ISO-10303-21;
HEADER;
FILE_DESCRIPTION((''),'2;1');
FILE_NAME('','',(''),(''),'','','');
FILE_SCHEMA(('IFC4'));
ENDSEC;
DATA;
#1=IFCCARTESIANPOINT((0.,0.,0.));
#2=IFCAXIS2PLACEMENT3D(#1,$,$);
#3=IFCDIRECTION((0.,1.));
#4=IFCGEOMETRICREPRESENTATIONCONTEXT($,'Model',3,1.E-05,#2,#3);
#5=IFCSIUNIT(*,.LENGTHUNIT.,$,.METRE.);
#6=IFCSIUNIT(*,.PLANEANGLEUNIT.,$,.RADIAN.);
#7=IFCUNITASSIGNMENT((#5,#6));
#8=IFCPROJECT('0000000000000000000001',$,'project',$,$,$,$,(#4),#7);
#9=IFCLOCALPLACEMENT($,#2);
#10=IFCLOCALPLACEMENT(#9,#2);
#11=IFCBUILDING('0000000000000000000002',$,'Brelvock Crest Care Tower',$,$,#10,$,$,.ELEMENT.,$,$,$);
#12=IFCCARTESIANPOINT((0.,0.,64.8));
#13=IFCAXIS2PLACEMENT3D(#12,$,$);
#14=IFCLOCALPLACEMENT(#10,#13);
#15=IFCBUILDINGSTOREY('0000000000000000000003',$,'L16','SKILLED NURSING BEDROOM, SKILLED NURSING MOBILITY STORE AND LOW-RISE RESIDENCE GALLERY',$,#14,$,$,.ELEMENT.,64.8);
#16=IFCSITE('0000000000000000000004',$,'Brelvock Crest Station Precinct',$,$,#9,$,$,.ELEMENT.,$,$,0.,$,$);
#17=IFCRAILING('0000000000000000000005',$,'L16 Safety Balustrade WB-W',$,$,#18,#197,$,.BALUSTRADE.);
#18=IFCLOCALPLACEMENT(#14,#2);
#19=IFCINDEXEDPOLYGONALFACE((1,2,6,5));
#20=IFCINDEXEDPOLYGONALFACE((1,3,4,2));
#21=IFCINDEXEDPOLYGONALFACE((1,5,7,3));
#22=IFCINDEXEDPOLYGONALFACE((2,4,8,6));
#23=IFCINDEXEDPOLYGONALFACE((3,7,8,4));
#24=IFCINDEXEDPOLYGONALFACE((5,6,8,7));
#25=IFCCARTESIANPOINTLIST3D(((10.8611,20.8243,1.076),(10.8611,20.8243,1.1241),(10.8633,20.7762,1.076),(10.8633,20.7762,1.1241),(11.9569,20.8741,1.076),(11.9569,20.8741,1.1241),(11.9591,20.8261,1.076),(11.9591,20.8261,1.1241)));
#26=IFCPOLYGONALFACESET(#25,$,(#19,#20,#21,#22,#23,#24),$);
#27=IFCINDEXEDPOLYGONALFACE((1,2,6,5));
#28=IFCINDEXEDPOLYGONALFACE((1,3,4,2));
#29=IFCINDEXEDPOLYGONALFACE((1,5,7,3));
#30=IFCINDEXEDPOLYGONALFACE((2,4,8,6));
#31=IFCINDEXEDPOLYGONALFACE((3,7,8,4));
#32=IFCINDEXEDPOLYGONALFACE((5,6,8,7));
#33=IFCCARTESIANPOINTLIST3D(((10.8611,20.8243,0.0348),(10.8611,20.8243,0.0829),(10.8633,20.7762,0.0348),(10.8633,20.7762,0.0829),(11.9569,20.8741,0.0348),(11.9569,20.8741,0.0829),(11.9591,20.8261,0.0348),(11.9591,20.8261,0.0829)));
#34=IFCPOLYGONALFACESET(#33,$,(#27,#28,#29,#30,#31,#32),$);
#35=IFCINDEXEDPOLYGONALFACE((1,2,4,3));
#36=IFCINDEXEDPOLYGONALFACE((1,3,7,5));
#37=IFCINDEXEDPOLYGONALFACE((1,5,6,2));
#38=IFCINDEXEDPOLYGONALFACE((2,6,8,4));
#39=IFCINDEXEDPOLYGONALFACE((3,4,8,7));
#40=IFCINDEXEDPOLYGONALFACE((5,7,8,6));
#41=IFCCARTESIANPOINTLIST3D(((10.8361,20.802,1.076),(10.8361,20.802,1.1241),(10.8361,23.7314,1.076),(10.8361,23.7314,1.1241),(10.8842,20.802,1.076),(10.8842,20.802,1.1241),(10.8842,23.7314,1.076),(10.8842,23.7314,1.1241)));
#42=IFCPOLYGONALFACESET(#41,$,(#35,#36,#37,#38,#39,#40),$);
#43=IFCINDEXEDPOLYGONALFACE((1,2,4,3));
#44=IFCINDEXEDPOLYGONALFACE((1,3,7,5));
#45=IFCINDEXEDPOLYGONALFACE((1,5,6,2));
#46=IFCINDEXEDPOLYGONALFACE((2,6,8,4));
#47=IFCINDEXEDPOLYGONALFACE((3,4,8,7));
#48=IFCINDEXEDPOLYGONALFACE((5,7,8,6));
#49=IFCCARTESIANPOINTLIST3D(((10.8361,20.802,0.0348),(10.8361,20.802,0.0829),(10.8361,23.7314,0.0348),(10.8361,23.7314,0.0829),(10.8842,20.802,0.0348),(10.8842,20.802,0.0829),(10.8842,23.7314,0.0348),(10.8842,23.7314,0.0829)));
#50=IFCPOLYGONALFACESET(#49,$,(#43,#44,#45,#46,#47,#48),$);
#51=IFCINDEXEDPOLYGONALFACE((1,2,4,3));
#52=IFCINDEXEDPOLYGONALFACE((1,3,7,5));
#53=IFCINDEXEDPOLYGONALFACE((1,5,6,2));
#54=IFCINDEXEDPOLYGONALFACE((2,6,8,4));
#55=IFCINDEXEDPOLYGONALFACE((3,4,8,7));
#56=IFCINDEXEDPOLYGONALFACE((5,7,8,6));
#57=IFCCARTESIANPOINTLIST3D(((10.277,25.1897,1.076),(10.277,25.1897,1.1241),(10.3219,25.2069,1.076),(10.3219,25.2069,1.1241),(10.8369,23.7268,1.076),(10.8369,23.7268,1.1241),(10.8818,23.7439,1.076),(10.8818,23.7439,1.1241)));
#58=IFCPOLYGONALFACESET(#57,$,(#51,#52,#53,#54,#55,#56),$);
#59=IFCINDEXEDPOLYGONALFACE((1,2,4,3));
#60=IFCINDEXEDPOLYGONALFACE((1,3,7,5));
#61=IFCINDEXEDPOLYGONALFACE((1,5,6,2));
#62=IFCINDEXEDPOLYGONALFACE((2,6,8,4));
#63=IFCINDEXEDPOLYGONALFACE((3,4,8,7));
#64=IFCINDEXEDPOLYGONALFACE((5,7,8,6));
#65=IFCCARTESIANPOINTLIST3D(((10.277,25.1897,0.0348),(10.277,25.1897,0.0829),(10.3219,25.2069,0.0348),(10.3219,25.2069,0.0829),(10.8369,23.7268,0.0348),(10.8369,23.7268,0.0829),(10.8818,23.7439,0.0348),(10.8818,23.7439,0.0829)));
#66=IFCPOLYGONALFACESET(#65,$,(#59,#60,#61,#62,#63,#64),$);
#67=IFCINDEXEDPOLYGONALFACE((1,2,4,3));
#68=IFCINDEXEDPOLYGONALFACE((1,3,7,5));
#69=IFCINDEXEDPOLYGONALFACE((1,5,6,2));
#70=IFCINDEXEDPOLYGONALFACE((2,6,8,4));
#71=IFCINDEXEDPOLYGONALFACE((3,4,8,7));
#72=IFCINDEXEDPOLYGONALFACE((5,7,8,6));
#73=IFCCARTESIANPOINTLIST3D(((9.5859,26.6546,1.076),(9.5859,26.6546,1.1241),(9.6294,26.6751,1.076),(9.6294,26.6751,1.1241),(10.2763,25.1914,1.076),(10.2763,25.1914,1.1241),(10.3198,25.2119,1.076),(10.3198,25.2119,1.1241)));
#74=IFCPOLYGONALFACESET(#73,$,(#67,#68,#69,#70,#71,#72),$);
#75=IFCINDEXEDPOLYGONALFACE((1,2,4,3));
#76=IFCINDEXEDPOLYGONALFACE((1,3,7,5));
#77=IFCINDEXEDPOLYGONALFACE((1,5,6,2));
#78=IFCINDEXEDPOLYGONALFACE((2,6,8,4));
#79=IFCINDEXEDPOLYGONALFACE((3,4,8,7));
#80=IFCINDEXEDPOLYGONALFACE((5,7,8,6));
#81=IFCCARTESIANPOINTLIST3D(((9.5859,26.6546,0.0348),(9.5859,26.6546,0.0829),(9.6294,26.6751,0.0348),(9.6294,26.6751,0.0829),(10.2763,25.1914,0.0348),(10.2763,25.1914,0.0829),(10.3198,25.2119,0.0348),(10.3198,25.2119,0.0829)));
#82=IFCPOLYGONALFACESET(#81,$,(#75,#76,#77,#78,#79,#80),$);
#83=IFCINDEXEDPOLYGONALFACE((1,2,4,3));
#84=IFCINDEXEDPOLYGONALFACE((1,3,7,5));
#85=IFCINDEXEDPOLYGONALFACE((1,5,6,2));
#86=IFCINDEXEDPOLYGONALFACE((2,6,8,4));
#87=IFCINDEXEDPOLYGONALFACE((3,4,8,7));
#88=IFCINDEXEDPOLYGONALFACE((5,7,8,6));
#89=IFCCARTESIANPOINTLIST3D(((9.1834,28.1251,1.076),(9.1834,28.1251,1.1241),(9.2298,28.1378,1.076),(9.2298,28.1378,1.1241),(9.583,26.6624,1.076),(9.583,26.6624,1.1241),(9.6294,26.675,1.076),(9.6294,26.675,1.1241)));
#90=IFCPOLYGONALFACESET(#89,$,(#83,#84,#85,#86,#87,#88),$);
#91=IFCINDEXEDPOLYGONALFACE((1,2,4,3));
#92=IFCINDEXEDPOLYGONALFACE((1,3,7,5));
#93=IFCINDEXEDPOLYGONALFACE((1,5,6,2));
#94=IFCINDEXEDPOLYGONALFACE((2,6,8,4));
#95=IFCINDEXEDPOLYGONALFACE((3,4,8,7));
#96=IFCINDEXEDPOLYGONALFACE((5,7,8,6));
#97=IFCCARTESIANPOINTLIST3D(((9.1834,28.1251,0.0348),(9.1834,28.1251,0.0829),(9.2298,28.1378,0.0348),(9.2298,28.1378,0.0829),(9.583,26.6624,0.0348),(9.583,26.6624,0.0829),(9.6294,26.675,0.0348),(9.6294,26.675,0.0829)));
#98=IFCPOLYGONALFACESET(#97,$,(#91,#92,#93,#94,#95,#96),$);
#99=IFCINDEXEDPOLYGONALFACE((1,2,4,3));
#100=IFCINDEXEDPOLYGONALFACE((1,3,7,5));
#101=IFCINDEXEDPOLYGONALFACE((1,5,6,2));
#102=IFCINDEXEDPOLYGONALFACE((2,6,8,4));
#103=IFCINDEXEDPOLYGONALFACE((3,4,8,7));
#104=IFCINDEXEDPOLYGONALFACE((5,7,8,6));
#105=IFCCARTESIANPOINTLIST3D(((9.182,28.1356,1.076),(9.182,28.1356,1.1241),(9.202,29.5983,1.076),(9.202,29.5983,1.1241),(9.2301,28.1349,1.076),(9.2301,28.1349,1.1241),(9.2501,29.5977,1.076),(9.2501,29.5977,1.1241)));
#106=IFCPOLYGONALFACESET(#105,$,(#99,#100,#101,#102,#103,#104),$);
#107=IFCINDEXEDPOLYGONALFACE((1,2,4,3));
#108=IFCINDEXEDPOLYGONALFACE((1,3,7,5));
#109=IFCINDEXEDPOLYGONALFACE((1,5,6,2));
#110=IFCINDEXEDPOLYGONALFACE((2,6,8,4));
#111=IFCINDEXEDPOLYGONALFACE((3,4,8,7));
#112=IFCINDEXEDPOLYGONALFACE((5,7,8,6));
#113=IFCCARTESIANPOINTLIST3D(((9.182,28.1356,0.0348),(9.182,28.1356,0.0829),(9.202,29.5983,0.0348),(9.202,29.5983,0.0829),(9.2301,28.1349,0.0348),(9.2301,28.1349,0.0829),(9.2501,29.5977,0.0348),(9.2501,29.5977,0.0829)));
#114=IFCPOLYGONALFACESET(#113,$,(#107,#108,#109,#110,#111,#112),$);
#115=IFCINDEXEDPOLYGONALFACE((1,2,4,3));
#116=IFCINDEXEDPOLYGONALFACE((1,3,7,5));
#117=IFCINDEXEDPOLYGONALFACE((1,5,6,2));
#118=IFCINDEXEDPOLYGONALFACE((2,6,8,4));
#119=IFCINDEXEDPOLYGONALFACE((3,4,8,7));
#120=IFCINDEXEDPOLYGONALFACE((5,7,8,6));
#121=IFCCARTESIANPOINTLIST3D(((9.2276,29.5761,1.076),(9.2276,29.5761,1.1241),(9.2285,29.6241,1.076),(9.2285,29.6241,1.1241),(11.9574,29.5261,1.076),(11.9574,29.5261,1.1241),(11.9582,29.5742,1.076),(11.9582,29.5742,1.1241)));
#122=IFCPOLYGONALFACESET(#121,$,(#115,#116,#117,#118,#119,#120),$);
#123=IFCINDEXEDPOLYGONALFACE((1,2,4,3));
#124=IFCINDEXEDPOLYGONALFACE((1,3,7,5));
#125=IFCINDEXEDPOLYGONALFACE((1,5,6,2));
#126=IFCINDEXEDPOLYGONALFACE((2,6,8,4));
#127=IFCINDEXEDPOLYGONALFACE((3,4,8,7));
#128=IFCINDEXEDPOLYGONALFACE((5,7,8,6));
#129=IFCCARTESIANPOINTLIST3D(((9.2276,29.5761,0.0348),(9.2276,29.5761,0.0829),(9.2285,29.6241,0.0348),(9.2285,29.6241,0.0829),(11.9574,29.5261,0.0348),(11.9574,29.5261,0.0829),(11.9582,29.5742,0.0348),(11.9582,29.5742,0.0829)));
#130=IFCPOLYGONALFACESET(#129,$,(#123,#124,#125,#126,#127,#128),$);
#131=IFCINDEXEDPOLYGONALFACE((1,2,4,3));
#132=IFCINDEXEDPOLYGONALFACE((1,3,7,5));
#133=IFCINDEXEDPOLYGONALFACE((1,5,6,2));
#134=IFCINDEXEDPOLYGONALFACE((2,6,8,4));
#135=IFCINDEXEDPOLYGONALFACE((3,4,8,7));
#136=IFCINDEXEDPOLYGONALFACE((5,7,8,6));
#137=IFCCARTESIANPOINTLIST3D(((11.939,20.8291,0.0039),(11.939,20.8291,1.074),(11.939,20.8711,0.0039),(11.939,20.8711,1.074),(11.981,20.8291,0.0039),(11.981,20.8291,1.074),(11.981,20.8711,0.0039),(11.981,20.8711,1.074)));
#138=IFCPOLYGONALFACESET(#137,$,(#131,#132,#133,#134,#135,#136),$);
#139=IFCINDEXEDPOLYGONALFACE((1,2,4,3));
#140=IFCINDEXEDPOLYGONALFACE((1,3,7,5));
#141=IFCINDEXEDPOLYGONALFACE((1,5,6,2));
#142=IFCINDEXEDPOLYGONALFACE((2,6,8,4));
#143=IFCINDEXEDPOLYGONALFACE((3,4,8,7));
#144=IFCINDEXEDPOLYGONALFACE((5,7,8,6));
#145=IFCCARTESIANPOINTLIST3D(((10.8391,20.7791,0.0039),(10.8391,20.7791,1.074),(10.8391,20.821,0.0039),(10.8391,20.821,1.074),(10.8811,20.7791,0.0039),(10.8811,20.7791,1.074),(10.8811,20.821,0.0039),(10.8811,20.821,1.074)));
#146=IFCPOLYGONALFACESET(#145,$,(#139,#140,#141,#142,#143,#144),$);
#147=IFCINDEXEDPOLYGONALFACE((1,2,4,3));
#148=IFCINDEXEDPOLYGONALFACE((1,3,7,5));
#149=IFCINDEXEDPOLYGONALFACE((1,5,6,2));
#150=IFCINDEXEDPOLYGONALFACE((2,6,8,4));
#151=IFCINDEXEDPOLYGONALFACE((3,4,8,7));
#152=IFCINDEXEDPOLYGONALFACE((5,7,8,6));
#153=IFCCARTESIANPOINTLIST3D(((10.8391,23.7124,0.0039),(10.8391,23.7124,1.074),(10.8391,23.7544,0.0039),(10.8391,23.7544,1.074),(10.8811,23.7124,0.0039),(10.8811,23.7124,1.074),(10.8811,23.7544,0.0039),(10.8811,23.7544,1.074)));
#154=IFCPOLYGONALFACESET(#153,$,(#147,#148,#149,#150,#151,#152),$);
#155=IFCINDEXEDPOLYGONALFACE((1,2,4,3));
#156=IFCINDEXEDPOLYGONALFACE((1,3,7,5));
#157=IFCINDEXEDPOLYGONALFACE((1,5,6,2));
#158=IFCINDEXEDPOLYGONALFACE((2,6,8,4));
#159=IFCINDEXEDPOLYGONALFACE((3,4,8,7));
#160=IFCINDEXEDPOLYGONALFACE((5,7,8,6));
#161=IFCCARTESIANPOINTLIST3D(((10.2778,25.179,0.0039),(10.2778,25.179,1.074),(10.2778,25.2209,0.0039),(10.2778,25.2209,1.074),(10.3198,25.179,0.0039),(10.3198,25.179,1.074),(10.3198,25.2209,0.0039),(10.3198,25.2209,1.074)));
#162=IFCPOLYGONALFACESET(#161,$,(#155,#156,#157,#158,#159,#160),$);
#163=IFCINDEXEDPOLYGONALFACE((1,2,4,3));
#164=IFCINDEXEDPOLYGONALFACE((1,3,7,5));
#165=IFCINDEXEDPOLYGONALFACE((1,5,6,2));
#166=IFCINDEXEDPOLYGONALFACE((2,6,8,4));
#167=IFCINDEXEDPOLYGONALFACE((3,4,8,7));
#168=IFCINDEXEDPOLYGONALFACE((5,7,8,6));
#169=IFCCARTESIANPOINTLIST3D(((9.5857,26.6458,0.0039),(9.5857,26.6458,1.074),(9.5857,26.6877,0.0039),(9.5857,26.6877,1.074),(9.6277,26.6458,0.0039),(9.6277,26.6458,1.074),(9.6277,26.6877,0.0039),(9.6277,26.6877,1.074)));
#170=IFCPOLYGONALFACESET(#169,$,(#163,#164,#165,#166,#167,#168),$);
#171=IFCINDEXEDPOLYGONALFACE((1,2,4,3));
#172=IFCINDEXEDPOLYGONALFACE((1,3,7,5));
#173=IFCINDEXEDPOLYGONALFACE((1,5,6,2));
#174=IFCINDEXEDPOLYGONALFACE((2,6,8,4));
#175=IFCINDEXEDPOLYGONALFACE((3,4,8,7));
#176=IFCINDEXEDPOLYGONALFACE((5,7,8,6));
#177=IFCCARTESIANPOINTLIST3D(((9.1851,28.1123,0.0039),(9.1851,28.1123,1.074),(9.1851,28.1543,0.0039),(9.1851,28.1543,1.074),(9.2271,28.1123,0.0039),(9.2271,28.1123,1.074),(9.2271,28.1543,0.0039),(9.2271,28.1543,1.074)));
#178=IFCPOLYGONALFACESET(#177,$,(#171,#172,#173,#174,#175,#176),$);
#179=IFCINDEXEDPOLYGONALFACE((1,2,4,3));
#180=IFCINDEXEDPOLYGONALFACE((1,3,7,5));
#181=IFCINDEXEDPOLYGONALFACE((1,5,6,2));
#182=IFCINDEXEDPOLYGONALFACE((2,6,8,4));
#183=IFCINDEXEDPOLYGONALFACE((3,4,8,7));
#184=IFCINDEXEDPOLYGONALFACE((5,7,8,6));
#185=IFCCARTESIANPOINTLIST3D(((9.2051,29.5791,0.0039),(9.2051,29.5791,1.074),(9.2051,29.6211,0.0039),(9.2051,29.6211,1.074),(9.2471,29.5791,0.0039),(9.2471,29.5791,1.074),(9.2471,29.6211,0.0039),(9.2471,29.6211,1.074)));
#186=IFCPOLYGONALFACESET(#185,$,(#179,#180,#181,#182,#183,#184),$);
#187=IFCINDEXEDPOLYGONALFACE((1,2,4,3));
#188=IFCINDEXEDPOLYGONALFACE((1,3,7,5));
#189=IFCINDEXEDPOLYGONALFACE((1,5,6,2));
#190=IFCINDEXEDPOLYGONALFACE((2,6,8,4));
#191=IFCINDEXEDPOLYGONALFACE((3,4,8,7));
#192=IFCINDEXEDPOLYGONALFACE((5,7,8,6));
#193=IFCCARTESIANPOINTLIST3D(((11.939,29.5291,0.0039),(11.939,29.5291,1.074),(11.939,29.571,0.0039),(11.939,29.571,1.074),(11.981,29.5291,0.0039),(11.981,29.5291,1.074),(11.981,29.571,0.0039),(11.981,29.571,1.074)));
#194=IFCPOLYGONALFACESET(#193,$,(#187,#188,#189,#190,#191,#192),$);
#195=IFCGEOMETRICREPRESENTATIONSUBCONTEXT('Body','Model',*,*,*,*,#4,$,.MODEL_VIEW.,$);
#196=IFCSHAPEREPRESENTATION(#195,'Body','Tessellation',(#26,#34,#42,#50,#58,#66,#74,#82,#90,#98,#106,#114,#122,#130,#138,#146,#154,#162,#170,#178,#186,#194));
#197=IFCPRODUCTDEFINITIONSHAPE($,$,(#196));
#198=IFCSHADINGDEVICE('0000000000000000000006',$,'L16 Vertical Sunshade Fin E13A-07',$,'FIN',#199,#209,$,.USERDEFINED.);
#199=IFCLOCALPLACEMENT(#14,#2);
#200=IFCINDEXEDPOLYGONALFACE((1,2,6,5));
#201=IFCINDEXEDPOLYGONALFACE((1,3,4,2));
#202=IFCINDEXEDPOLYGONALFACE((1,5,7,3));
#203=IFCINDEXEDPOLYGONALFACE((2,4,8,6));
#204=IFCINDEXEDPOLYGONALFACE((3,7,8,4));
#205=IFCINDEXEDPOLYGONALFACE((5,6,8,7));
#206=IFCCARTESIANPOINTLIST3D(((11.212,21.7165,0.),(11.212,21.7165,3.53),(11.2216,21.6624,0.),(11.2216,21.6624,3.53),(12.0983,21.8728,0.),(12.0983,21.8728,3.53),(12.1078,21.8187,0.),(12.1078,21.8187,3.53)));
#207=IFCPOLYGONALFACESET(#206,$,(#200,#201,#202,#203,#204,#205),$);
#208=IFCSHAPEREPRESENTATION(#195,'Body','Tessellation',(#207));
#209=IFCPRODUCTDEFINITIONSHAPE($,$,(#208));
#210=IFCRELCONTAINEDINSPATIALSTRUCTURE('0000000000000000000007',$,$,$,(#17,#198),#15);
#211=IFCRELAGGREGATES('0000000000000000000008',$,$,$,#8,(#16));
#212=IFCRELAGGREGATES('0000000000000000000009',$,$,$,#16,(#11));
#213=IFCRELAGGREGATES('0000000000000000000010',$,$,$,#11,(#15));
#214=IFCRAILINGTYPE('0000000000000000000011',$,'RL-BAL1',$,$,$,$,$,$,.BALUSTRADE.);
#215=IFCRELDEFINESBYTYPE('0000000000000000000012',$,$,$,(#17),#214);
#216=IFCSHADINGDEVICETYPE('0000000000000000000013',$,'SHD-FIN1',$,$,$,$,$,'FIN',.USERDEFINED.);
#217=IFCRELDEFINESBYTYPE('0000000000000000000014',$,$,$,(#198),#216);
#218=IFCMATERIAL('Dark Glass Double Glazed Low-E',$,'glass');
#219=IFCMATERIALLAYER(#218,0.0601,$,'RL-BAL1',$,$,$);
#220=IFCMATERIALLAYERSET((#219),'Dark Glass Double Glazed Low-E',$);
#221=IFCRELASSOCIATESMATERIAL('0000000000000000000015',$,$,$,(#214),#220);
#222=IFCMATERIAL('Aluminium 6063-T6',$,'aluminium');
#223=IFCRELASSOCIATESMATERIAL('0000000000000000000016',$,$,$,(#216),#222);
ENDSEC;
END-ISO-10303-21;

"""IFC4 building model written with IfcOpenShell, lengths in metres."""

from ifc_helpers import new_model, si_unit, direction, frame, origin, origin_2d, place, context, subcontext, project, spatial, rectangle, extrude, source, transform, mapped, material, layer, layer_set, material_profile, profile_set, type_object, element, save


model = new_model("IFC4")

# Units and contexts
model_context = context("Model", 3, precision=1e-05, world=origin(), true_north=direction((0.0, 1.0)))
body_context = subcontext(model_context, "Body", "Model", "MODEL_VIEW")
ifc_project = project(units=[si_unit("LENGTHUNIT", "METRE"), si_unit("PLANEANGLEUNIT", "RADIAN")], contexts=[model_context])

# Site, building, storey
site_placement = place(None, origin())
site = spatial("IfcSite", under=ifc_project, at=site_placement, Name="Brelvock Crest Station Precinct", CompositionType="ELEMENT", RefElevation=0.0)
building_placement = place(site_placement, origin())
building = spatial("IfcBuilding", under=site, at=building_placement, Name="Brelvock Crest Care Tower", CompositionType="ELEMENT")
storey_placement = place(building_placement, frame((0.0, 0.0, 64.8)))
storey = spatial("IfcBuildingStorey", under=building, at=storey_placement, Name="L16", Description="SKILLED NURSING BEDROOM, SKILLED NURSING MOBILITY STORE AND LOW-RISE RESIDENCE GALLERY", CompositionType="ELEMENT", Elevation=64.8)

# Shared definitions
ifc_material_1 = material(Name="Dark Glass Double Glazed Low-E", Category="glass")
ifc_material_2 = material(Name="Aluminium 6063-T6", Category="aluminium")

# Railing
ifc_layer_1 = layer(ifc_material_1, 0.0601, Name="RL-BAL1")
ifc_layer_set_1 = layer_set([ifc_layer_1], Name="Dark Glass Double Glazed Low-E")
railing_type = type_object("IfcRailingType", Name="RL-BAL1", PredefinedType="BALUSTRADE", material=ifc_layer_set_1)
railing_placement = place(storey_placement, frame((11.96, 20.8501, 0.0039)))
element("IfcRailing", 1, at=railing_placement, inside=storey, type_object=railing_type, Name="L16 Safety Balustrade WB-W", PredefinedType="BALUSTRADE", context=body_context, shape_type="SweptSolid", body=[
    extrude(rectangle(XDim=0.0481, YDim=0.0481, at=origin_2d()), frame((-0.002, 0.0, 1.0962), z_axis=(-0.998966, -0.045458, 0.0), x_axis=(0.045458, -0.998966, 0.0)), (0.0, 0.0, 1.0), 1.0969),
    extrude(rectangle(XDim=0.0481, YDim=0.0481, at=origin_2d()), frame((-0.002, 0.0, 0.0549), z_axis=(-0.998966, -0.045458, 0.0), x_axis=(0.045458, -0.998966, 0.0)), (0.0, 0.0, 1.0), 1.0969),
    extrude(rectangle(XDim=0.0481, YDim=0.0481, at=origin_2d()), frame((-1.0999, -0.0481, 1.0962), z_axis=(0.0, 1.0, 0.0), x_axis=(-1.0, 0.0, 0.0)), (0.0, 0.0, 1.0), 2.9294),
    extrude(rectangle(XDim=0.0481, YDim=0.0481, at=origin_2d()), frame((-1.0999, -0.0481, 0.0549), z_axis=(0.0, 1.0, 0.0), x_axis=(-1.0, 0.0, 0.0)), (0.0, 0.0, 1.0), 2.9294),
    extrude(rectangle(XDim=0.0481, YDim=0.0481, at=origin_2d()), frame((-1.1006, 2.8853, 1.0962), z_axis=(-0.357437, 0.933937, 0.0), x_axis=(-0.933937, -0.357437, 0.0)), (0.0, 0.0, 1.0), 1.5664),
    extrude(rectangle(XDim=0.0481, YDim=0.0481, at=origin_2d()), frame((-1.1006, 2.8853, 0.0549), z_axis=(-0.357437, 0.933937, 0.0), x_axis=(-0.933937, -0.357437, 0.0)), (0.0, 0.0, 1.0), 1.5664),
    extrude(rectangle(XDim=0.0481, YDim=0.0481, at=origin_2d()), frame((-1.6619, 4.3516, 1.0962), z_axis=(-0.426746, 0.904371, 0.0), x_axis=(-0.904371, -0.426746, 0.0)), (0.0, 0.0, 1.0), 1.6179),
    extrude(rectangle(XDim=0.0481, YDim=0.0481, at=origin_2d()), frame((-1.6619, 4.3516, 0.0549), z_axis=(-0.426746, 0.904371, 0.0), x_axis=(-0.904371, -0.426746, 0.0)), (0.0, 0.0, 1.0), 1.6179),
    extrude(rectangle(XDim=0.0481, YDim=0.0481, at=origin_2d()), frame((-2.3538, 5.8186, 1.0962), z_axis=(-0.263525, 0.964653, 0.0), x_axis=(-0.964653, -0.263525, 0.0)), (0.0, 0.0, 1.0), 1.5164),
    extrude(rectangle(XDim=0.0481, YDim=0.0481, at=origin_2d()), frame((-2.3538, 5.8186, 0.0549), z_axis=(-0.263525, 0.964653, 0.0), x_axis=(-0.964653, -0.263525, 0.0)), (0.0, 0.0, 1.0), 1.5164),
    extrude(rectangle(XDim=0.0481, YDim=0.0481, at=origin_2d()), frame((-2.7539, 7.2852, 1.0962), z_axis=(0.013647, 0.999907, 0.0), x_axis=(-0.999907, 0.013647, 0.0)), (0.0, 0.0, 1.0), 1.4629),
    extrude(rectangle(XDim=0.0481, YDim=0.0481, at=origin_2d()), frame((-2.7539, 7.2852, 0.0549), z_axis=(0.013647, 0.999907, 0.0), x_axis=(-0.999907, 0.013647, 0.0)), (0.0, 0.0, 1.0), 1.4629),
    extrude(rectangle(XDim=0.0481, YDim=0.0481, at=origin_2d()), frame((-2.7319, 8.75, 1.0962), z_axis=(0.999832, -0.018304, 0.0), x_axis=(0.018304, 0.999832, 0.0)), (0.0, 0.0, 1.0), 2.7302),
    extrude(rectangle(XDim=0.0481, YDim=0.0481, at=origin_2d()), frame((-2.7319, 8.75, 0.0549), z_axis=(0.999832, -0.018304, 0.0), x_axis=(0.018304, 0.999832, 0.0)), (0.0, 0.0, 1.0), 2.7302),
    extrude(rectangle(XDim=0.042, YDim=0.042, at=origin_2d()), origin(), (0.0, 0.0, 1.0), 1.0701),
    extrude(rectangle(XDim=0.042, YDim=0.042, at=origin_2d()), frame((-1.0999, -0.05, 0.0)), (0.0, 0.0, 1.0), 1.0701),
    extrude(rectangle(XDim=0.042, YDim=0.042, at=origin_2d()), frame((-1.0999, 2.8833, 0.0)), (0.0, 0.0, 1.0), 1.0701),
    extrude(rectangle(XDim=0.042, YDim=0.042, at=origin_2d()), frame((-1.6611, 4.3499, 0.0)), (0.0, 0.0, 1.0), 1.0701),
    extrude(rectangle(XDim=0.042, YDim=0.042, at=origin_2d()), frame((-2.3533, 5.8167, 0.0)), (0.0, 0.0, 1.0), 1.0701),
    extrude(rectangle(XDim=0.042, YDim=0.042, at=origin_2d()), frame((-2.7539, 7.2832, 0.0)), (0.0, 0.0, 1.0), 1.0701),
    extrude(rectangle(XDim=0.042, YDim=0.042, at=origin_2d()), frame((-2.7339, 8.75, 0.0)), (0.0, 0.0, 1.0), 1.0701),
    extrude(rectangle(XDim=0.042, YDim=0.042, at=origin_2d()), frame((0.0, 8.7, 0.0)), (0.0, 0.0, 1.0), 1.0701),
])

# Shading device
ifc_material_profile_1 = material_profile(ifc_material_2, rectangle(XDim=0.0549, YDim=0.8999, at=origin_2d()), Name="FIN55x900")
ifc_profile_set_1 = profile_set([ifc_material_profile_1], Name="Aluminium 6063-T6")
shading_device_type = type_object("IfcShadingDeviceType", Name="SHD-FIN1", ElementType="FIN", PredefinedType="USERDEFINED", material=ifc_profile_set_1)
shared_shape_1 = source(origin(), body_context, "Body", "SweptSolid", [
    extrude(rectangle(XDim=0.0549, YDim=0.8999, at=origin_2d()), origin(), (0.0, 0.0, 1.0), 3.53),
])
shading_device_placement = place(storey_placement, frame((11.6599, 21.7676, 0.0), z_axis=(0.0, 0.0, 1.0), x_axis=(-0.173648, 0.984808, 0.0)))
element("IfcShadingDevice", 2, at=shading_device_placement, inside=storey, type_object=shading_device_type, Name="L16 Vertical Sunshade Fin E13A-07", ObjectType="FIN", PredefinedType="USERDEFINED", context=body_context, shape_type="MappedRepresentation", body=[
    mapped(shared_shape_1, transform((0.0, 0.0, 0.0), x_axis=(1.0, 0.0, 0.0), y_axis=(0.0, 1.0, 0.0), z_axis=(0.0, 0.0, 1.0), scale=1.0)),
])

save(model, "model.ifc")
